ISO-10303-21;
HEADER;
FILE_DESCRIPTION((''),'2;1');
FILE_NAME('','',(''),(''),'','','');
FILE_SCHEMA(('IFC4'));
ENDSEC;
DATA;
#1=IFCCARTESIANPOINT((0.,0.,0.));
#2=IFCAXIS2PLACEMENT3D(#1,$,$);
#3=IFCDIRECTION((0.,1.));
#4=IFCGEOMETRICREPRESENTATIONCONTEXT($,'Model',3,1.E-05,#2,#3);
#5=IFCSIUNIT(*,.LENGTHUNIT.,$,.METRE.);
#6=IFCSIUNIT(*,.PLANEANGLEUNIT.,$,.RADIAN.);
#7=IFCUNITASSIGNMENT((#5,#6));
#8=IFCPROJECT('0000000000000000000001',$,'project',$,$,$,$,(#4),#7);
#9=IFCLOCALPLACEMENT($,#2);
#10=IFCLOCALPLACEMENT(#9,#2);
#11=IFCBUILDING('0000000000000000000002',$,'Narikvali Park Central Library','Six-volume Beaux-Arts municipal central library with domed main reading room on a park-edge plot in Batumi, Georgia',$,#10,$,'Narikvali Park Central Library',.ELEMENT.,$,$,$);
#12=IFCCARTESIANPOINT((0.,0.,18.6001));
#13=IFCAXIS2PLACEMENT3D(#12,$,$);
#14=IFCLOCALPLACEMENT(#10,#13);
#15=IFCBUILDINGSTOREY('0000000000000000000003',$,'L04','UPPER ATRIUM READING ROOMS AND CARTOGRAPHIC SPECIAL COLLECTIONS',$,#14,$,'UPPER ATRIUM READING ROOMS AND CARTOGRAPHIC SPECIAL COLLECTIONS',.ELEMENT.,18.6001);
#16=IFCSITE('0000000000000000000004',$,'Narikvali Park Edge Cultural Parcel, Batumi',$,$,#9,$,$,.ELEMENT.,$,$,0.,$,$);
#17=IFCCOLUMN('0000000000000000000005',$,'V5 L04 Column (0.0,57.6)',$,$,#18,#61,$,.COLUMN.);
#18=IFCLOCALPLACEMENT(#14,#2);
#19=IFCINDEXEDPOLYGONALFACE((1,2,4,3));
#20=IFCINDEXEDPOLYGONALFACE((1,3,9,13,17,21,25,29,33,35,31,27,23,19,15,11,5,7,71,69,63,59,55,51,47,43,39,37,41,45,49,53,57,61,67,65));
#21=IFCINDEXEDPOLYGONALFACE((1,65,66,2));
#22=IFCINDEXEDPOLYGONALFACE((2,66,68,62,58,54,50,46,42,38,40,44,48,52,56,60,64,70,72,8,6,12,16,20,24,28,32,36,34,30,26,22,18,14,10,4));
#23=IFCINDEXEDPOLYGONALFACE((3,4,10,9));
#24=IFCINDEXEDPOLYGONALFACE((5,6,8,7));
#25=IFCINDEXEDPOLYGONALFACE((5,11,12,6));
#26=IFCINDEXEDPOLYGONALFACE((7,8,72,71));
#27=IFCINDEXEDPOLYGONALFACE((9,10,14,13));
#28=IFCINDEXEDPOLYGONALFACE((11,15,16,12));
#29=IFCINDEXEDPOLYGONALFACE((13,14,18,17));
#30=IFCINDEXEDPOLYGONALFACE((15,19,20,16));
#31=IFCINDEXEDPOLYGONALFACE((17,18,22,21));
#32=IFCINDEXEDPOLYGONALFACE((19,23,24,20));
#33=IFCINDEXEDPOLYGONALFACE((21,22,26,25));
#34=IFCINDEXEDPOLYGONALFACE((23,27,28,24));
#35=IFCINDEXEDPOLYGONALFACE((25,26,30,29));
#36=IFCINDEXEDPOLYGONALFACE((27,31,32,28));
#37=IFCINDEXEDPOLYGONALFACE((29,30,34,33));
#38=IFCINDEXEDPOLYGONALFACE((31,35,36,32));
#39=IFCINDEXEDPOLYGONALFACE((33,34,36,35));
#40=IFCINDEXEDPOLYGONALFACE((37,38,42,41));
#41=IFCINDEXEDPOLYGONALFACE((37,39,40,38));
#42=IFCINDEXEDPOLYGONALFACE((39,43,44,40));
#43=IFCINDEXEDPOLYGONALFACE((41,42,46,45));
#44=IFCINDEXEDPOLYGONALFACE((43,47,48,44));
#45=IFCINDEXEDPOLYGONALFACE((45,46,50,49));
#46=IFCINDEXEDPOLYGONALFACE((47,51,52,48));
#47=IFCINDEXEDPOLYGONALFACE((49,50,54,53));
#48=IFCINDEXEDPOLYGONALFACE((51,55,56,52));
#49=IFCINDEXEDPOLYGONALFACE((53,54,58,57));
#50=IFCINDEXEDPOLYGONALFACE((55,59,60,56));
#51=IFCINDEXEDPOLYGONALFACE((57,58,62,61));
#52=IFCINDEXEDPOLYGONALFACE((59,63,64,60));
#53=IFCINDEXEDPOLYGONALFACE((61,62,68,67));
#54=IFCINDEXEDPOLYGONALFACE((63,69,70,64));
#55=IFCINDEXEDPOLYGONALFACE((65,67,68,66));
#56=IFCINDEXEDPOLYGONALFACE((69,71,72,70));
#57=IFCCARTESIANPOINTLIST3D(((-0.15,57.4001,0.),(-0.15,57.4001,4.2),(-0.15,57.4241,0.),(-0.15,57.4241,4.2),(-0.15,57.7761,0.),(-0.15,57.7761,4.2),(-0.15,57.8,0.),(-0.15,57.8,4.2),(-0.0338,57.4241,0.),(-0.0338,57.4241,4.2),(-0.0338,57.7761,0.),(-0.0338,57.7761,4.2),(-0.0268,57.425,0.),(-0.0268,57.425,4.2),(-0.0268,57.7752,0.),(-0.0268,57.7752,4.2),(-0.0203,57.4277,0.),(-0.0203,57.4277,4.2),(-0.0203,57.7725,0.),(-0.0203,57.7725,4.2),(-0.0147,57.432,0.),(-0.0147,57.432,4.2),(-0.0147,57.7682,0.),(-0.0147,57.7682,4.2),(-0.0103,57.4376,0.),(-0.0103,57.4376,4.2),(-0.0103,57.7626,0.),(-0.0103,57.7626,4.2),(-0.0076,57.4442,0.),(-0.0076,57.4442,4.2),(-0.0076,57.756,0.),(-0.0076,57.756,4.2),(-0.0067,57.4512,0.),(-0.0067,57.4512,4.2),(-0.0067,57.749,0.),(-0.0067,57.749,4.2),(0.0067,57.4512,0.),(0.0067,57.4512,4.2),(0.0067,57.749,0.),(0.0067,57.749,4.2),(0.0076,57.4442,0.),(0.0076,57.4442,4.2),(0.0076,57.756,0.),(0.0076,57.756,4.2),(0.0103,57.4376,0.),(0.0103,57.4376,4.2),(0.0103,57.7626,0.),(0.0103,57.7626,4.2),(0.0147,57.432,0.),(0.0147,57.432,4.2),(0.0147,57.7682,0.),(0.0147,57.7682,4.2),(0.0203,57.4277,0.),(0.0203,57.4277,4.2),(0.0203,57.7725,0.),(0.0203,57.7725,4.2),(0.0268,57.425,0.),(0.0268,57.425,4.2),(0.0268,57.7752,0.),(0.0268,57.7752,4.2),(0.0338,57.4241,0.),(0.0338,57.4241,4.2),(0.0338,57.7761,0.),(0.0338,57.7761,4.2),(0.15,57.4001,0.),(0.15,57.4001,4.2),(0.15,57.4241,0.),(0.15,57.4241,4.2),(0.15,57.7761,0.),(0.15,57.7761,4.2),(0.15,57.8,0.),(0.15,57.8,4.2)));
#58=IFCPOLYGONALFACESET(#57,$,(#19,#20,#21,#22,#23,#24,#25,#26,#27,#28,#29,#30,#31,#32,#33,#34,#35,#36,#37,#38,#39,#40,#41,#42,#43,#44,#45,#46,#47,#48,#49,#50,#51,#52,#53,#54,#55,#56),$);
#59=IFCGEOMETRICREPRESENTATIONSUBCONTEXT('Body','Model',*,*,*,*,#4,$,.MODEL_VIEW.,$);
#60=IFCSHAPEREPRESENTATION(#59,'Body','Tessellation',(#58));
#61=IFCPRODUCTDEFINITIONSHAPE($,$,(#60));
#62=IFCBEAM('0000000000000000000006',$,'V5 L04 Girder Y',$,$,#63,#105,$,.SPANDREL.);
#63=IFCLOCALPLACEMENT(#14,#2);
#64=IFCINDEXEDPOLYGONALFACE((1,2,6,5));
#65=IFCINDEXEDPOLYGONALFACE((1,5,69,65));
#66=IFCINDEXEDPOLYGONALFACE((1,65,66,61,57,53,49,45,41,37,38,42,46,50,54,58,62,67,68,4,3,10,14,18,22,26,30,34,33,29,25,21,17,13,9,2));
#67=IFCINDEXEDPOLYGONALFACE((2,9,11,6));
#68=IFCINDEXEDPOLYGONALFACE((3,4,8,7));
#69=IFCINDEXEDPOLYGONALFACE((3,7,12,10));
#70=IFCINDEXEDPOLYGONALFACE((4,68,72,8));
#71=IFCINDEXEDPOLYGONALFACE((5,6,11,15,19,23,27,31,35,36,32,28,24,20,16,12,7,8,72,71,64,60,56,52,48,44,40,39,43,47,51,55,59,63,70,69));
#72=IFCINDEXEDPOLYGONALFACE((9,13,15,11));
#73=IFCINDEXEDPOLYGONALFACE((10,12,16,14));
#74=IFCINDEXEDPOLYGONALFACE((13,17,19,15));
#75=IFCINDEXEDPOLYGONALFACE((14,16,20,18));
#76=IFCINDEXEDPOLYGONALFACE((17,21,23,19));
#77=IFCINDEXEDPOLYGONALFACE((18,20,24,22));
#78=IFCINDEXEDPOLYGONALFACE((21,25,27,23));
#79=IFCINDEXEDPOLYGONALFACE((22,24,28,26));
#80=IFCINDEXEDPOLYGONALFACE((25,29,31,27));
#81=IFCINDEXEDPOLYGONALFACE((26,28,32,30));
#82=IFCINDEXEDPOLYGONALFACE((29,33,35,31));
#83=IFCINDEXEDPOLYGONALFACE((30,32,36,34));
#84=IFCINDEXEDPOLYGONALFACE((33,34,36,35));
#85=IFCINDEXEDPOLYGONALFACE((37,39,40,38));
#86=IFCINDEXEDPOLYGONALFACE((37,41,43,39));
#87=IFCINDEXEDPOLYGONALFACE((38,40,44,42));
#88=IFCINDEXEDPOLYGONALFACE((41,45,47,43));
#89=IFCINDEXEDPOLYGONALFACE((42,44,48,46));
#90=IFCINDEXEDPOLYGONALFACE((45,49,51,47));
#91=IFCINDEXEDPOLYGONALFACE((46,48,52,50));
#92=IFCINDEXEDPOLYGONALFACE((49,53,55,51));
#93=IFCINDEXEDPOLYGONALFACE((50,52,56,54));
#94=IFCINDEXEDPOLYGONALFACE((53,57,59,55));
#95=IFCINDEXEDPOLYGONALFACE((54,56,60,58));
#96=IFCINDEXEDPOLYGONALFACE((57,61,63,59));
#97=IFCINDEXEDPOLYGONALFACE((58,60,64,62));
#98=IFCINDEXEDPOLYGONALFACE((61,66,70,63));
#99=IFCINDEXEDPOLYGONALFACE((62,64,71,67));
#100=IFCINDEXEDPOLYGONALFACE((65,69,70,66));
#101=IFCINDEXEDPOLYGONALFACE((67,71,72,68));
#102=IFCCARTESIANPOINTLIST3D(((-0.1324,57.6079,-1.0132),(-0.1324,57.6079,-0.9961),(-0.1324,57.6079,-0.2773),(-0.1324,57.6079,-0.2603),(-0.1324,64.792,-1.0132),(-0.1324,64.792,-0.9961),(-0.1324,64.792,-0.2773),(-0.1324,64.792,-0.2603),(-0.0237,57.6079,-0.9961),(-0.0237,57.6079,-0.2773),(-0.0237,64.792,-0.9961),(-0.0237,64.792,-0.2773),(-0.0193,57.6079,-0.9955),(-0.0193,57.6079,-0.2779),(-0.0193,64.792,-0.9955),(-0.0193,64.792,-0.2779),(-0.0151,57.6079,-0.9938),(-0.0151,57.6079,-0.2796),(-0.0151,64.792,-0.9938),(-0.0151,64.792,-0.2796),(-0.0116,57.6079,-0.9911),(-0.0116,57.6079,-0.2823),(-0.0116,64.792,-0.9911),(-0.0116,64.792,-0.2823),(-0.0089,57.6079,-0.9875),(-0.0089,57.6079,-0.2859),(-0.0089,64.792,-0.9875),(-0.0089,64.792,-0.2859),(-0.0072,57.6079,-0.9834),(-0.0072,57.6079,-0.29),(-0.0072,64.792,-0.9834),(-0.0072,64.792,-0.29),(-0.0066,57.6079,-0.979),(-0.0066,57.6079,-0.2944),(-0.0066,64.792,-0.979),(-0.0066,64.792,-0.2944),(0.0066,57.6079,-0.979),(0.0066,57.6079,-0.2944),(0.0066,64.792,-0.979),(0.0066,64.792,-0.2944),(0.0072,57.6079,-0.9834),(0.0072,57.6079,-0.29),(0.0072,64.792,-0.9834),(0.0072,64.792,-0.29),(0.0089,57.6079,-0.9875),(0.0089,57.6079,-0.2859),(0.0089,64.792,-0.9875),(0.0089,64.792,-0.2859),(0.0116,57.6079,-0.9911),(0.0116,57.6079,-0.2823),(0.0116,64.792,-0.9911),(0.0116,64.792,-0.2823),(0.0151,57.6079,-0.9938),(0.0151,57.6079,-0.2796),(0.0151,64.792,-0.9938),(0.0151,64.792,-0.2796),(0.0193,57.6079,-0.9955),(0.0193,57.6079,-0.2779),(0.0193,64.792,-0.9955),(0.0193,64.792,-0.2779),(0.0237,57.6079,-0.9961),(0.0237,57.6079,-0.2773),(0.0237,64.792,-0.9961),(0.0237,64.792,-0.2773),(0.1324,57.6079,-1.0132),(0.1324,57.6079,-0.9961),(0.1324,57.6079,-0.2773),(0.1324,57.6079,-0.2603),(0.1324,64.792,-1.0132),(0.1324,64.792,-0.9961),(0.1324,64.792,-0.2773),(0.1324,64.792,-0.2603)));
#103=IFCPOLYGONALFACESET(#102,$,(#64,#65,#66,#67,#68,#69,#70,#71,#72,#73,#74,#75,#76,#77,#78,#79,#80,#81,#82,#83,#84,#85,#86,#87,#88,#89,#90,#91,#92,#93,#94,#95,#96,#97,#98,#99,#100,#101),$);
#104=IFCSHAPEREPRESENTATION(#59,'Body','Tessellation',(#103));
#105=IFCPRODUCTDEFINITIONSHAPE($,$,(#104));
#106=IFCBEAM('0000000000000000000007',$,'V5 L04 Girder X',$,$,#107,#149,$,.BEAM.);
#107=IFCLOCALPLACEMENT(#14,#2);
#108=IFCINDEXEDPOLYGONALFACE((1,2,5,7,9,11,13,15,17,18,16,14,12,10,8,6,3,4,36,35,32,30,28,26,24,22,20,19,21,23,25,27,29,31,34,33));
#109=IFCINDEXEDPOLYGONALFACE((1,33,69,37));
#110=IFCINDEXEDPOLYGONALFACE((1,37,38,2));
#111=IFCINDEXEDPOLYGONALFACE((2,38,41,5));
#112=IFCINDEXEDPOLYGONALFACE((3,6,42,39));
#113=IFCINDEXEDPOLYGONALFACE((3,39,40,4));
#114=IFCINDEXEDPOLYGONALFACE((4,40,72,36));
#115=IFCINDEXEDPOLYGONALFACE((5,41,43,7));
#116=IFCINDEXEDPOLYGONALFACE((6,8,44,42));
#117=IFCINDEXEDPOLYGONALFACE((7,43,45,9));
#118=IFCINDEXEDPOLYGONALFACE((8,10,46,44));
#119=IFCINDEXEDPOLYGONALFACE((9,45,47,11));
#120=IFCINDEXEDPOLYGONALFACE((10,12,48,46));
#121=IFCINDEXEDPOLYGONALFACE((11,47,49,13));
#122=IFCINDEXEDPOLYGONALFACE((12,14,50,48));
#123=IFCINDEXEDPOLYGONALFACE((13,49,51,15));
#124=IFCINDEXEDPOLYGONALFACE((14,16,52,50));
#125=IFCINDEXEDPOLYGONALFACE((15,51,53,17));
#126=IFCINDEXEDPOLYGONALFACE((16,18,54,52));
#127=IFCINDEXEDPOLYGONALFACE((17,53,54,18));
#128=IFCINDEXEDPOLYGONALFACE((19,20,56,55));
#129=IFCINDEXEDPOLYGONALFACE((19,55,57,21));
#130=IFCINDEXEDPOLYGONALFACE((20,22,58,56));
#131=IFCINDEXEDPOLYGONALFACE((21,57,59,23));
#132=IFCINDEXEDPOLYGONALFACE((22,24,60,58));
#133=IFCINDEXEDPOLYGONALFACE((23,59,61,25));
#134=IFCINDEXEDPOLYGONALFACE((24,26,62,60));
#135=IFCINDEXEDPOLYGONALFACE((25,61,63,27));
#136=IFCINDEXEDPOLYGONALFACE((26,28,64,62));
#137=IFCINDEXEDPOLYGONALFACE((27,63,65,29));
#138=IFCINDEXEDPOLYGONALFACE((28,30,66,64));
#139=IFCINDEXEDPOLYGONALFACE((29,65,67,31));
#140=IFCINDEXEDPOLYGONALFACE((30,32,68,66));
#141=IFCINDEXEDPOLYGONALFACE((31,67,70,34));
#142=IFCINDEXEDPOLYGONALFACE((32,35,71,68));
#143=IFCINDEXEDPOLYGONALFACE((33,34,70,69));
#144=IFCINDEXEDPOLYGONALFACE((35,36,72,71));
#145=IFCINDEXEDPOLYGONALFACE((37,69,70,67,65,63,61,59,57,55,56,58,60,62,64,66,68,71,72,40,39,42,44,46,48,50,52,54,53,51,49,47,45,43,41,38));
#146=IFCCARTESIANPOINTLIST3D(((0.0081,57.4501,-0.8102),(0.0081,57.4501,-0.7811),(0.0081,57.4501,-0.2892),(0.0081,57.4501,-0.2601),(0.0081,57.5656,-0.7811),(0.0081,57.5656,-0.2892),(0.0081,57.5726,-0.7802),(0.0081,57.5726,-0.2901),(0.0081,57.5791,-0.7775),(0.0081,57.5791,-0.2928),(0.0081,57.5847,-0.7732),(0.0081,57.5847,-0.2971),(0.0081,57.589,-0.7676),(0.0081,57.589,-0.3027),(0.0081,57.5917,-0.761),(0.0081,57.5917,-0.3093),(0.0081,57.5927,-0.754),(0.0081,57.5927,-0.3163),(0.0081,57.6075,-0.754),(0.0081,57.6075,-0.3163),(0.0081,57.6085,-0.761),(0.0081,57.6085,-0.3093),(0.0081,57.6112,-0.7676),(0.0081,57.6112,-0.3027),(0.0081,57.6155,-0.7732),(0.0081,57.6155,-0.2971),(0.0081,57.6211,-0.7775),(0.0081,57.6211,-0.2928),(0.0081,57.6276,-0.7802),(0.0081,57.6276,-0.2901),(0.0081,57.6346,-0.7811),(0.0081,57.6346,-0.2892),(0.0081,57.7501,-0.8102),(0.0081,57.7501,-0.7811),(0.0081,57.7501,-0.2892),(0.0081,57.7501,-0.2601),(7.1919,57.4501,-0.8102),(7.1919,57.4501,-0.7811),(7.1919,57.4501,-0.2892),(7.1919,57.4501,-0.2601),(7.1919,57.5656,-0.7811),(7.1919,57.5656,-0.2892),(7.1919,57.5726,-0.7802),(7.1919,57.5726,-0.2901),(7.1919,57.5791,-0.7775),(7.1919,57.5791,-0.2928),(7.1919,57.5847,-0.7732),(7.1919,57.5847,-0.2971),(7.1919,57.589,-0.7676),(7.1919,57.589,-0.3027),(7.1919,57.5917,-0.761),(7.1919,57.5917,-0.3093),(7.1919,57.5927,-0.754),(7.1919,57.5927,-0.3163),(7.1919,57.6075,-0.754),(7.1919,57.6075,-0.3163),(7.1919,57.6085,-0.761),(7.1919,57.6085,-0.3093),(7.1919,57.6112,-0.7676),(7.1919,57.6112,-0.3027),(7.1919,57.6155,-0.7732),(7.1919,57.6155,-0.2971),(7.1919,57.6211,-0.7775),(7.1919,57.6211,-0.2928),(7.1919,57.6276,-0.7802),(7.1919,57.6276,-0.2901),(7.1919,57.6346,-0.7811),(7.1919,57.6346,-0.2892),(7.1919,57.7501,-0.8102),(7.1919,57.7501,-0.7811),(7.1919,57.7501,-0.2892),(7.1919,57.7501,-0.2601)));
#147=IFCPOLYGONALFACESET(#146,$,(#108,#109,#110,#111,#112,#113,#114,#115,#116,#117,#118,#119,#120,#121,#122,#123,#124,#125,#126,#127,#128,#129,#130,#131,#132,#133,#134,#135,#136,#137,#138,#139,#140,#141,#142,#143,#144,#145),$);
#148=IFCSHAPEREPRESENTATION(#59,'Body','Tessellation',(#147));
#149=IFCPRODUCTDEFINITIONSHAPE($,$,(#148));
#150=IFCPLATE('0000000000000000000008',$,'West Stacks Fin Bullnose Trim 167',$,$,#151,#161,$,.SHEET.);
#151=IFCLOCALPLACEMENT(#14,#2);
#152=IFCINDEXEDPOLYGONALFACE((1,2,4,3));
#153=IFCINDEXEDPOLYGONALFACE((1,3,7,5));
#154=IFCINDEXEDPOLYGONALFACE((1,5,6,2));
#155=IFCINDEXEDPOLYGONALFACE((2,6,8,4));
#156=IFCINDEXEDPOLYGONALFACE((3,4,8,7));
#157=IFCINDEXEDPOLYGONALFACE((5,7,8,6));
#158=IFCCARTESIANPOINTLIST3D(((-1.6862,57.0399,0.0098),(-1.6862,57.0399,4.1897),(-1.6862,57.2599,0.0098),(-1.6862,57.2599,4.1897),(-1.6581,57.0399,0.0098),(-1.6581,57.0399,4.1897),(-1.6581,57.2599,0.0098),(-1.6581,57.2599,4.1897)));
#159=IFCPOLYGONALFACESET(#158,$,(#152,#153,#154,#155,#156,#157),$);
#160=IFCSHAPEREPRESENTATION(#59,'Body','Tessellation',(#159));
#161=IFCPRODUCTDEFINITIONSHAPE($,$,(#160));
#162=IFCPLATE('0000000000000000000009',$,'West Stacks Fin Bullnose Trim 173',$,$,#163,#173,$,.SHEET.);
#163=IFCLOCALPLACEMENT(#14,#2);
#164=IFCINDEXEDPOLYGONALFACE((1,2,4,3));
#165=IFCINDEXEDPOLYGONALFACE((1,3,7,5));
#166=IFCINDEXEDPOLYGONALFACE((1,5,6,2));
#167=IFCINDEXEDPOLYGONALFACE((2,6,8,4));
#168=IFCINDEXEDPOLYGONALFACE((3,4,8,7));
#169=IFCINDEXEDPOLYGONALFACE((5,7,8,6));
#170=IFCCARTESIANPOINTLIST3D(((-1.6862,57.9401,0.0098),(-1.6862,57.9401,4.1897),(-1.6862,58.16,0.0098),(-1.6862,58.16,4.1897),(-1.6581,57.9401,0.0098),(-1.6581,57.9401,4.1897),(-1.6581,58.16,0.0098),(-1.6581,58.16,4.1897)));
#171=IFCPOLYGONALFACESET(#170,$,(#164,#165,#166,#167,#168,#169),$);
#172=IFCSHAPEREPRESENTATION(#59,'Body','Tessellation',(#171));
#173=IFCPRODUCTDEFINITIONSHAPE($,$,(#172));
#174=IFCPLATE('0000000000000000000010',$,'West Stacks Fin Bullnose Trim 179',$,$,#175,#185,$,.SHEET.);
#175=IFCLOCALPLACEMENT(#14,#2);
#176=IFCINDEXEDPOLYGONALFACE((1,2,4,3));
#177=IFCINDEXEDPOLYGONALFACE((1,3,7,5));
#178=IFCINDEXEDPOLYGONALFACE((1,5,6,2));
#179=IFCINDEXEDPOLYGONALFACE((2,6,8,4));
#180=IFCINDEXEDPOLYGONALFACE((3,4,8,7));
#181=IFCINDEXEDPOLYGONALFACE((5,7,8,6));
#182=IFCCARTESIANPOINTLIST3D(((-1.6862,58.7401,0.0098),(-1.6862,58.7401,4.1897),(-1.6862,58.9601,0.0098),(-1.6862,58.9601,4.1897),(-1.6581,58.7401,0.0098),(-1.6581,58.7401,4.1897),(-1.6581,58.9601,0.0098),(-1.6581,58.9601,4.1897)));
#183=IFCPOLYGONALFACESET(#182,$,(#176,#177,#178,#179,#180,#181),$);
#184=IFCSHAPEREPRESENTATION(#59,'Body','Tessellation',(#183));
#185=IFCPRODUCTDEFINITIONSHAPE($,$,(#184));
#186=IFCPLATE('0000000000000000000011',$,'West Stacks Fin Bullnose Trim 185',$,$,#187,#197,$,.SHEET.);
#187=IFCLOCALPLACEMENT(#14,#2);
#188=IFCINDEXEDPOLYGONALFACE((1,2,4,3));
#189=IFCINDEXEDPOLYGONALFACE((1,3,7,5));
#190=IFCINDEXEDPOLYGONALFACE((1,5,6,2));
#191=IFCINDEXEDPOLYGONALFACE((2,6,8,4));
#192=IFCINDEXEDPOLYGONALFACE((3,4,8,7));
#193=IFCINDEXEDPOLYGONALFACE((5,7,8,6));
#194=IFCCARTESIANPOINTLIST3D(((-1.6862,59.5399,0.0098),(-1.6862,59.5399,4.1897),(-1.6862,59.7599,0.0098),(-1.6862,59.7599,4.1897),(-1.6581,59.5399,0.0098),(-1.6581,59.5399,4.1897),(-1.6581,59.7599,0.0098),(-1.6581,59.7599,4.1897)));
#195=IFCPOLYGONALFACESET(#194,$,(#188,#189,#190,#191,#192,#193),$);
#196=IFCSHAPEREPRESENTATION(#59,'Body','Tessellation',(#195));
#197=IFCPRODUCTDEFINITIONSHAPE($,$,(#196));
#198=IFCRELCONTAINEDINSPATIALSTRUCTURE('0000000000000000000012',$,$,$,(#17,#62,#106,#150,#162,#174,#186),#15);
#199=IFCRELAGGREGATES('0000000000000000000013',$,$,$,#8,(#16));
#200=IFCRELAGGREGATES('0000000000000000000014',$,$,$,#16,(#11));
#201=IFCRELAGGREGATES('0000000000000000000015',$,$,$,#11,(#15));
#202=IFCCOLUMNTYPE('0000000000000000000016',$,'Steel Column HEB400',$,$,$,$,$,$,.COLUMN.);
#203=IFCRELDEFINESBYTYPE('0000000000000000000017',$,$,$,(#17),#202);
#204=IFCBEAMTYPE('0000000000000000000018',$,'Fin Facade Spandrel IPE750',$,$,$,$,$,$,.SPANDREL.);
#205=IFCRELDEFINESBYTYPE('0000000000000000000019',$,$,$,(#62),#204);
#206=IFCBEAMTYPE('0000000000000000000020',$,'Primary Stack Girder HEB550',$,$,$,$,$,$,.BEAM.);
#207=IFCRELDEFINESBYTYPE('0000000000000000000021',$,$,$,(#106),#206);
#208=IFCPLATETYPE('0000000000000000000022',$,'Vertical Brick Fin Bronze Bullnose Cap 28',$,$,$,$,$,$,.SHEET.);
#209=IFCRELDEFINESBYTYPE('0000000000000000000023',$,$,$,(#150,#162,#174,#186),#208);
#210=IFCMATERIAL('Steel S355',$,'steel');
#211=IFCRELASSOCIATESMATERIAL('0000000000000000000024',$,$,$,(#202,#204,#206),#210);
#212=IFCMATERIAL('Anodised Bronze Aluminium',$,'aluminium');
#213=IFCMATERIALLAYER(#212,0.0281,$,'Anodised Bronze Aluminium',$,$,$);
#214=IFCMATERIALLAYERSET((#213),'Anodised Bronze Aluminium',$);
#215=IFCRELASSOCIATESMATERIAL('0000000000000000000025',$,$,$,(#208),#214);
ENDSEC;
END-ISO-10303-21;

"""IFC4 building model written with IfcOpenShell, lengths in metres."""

from ifc_helpers import new_model, si_unit, direction, frame, origin, origin_2d, place, context, subcontext, project, spatial, rectangle, i_section, extrude, material, layer, layer_set, material_profile, profile_set, type_object, element, save


model = new_model("IFC4")

# Units and contexts
model_context = context("Model", 3, precision=1e-05, world=origin(), true_north=direction((0.0, 1.0)))
body_context = subcontext(model_context, "Body", "Model", "MODEL_VIEW")
ifc_project = project(units=[si_unit("LENGTHUNIT", "METRE"), si_unit("PLANEANGLEUNIT", "RADIAN")], contexts=[model_context])

# Site, building, storey
site_placement = place(None, origin())
site = spatial("IfcSite", under=ifc_project, at=site_placement, Name="Narikvali Park Edge Cultural Parcel, Batumi", CompositionType="ELEMENT", RefElevation=0.0)
building_placement = place(site_placement, origin())
building = spatial("IfcBuilding", under=site, at=building_placement, Name="Narikvali Park Central Library", Description="Six-volume Beaux-Arts municipal central library with domed main reading room on a park-edge plot in Batumi, Georgia", LongName="Narikvali Park Central Library", CompositionType="ELEMENT")
storey_placement = place(building_placement, frame((0.0, 0.0, 18.6001)))
storey = spatial("IfcBuildingStorey", under=building, at=storey_placement, Name="L04", Description="UPPER ATRIUM READING ROOMS AND CARTOGRAPHIC SPECIAL COLLECTIONS", LongName="UPPER ATRIUM READING ROOMS AND CARTOGRAPHIC SPECIAL COLLECTIONS", CompositionType="ELEMENT", Elevation=18.6001)

# Column
ifc_material_1 = material(Name="Steel S355", Category="steel")
ifc_material_profile_1 = material_profile(ifc_material_1, i_section(OverallWidth=0.3, OverallDepth=0.3999, WebThickness=0.0134, FlangeThickness=0.0239, FilletRadius=0.0271, at=origin_2d()), Name="HEB 400")
ifc_profile_set_1 = profile_set([ifc_material_profile_1], Name="Steel S355")
column_type = type_object("IfcColumnType", Name="Steel Column HEB400", PredefinedType="COLUMN", material=ifc_profile_set_1)
column_placement = place(storey_placement, frame((0.0, 57.6001, 0.0), z_axis=(0.0, 0.0, 1.0), x_axis=(1.0, 0.0, 0.0)))
element("IfcColumn", 1, at=column_placement, inside=storey, type_object=column_type, Name="V5 L04 Column (0.0,57.6)", PredefinedType="COLUMN", context=body_context, shape_type="SweptSolid", body=[
    extrude(i_section(OverallWidth=0.3, OverallDepth=0.3999, WebThickness=0.0134, FlangeThickness=0.0239, FilletRadius=0.0271, at=origin_2d()), origin(), (0.0, 0.0, 1.0), 4.2),
])

# Beams
ifc_material_profile_2 = material_profile(ifc_material_1, i_section(OverallWidth=0.2649, OverallDepth=0.7529, WebThickness=0.0132, FlangeThickness=0.0171, FilletRadius=0.0171, at=origin_2d()), Name="IPE 750x147")
ifc_profile_set_2 = profile_set([ifc_material_profile_2], Name="Steel S355")
beam_type_1 = type_object("IfcBeamType", Name="Fin Facade Spandrel IPE750", PredefinedType="SPANDREL", material=ifc_profile_set_2)
beam_1_placement = place(storey_placement, frame((0.0, 57.6079, -0.6367), z_axis=(0.0, 1.0, 0.0), x_axis=(-1.0, 0.0, 0.0)))
element("IfcBeam", 2, at=beam_1_placement, inside=storey, type_object=beam_type_1, Name="V5 L04 Girder Y", PredefinedType="SPANDREL", context=body_context, shape_type="SweptSolid", body=[
    extrude(i_section(OverallWidth=0.2649, OverallDepth=0.7529, WebThickness=0.0132, FlangeThickness=0.0171, FilletRadius=0.0171, at=origin_2d()), origin(), (0.0, 0.0, 1.0), 7.1841),
])
ifc_material_profile_3 = material_profile(ifc_material_1, i_section(OverallWidth=0.3, OverallDepth=0.55, WebThickness=0.0149, FlangeThickness=0.0291, FilletRadius=0.0271, at=origin_2d()), Name="HEB 550")
ifc_profile_set_3 = profile_set([ifc_material_profile_3], Name="Steel S355")
beam_type_2 = type_object("IfcBeamType", Name="Primary Stack Girder HEB550", PredefinedType="BEAM", material=ifc_profile_set_3)
beam_2_placement = place(storey_placement, frame((0.0081, 57.6001, -0.5352), z_axis=(1.0, 0.0, 0.0), x_axis=(0.0, 1.0, 0.0)))
element("IfcBeam", 3, at=beam_2_placement, inside=storey, type_object=beam_type_2, Name="V5 L04 Girder X", PredefinedType="BEAM", context=body_context, shape_type="SweptSolid", body=[
    extrude(i_section(OverallWidth=0.3, OverallDepth=0.55, WebThickness=0.0149, FlangeThickness=0.0291, FilletRadius=0.0271, at=origin_2d()), origin(), (0.0, 0.0, 1.0), 7.1838),
])

# Plates
ifc_material_2 = material(Name="Anodised Bronze Aluminium", Category="aluminium")
ifc_layer_1 = layer(ifc_material_2, 0.0281, Name="Anodised Bronze Aluminium")
ifc_layer_set_1 = layer_set([ifc_layer_1], Name="Anodised Bronze Aluminium")
plate_type = type_object("IfcPlateType", Name="Vertical Brick Fin Bronze Bullnose Cap 28", PredefinedType="SHEET", material=ifc_layer_set_1)
for number, where, z_axis, x_axis, name in (
    (4, (-1.6721, 57.1499, 0.0098), (0.0, 0.0, 1.0), (1.0, 0.0, 0.0), "West Stacks Fin Bullnose Trim 167"),
    (5, (-1.6721, 58.05, 0.0098), (0.0, 0.0, 1.0), (1.0, 0.0, 0.0), "West Stacks Fin Bullnose Trim 173"),
    (6, (-1.6721, 58.8501, 0.0098), (0.0, 0.0, 1.0), (1.0, 0.0, 0.0), "West Stacks Fin Bullnose Trim 179"),
    (7, (-1.6721, 59.6499, 0.0098), (0.0, 0.0, 1.0), (1.0, 0.0, 0.0), "West Stacks Fin Bullnose Trim 185"),
):
    element("IfcPlate", number, at=place(storey_placement, frame(where, z_axis=z_axis, x_axis=x_axis)), inside=storey, type_object=plate_type, Name=name, PredefinedType="SHEET", context=body_context, shape_type="SweptSolid", body=[
        extrude(rectangle(XDim=0.0281, YDim=0.22, at=origin_2d()), origin(), (0.0, 0.0, 1.0), 4.1799),
    ])

save(model, "model.ifc")
